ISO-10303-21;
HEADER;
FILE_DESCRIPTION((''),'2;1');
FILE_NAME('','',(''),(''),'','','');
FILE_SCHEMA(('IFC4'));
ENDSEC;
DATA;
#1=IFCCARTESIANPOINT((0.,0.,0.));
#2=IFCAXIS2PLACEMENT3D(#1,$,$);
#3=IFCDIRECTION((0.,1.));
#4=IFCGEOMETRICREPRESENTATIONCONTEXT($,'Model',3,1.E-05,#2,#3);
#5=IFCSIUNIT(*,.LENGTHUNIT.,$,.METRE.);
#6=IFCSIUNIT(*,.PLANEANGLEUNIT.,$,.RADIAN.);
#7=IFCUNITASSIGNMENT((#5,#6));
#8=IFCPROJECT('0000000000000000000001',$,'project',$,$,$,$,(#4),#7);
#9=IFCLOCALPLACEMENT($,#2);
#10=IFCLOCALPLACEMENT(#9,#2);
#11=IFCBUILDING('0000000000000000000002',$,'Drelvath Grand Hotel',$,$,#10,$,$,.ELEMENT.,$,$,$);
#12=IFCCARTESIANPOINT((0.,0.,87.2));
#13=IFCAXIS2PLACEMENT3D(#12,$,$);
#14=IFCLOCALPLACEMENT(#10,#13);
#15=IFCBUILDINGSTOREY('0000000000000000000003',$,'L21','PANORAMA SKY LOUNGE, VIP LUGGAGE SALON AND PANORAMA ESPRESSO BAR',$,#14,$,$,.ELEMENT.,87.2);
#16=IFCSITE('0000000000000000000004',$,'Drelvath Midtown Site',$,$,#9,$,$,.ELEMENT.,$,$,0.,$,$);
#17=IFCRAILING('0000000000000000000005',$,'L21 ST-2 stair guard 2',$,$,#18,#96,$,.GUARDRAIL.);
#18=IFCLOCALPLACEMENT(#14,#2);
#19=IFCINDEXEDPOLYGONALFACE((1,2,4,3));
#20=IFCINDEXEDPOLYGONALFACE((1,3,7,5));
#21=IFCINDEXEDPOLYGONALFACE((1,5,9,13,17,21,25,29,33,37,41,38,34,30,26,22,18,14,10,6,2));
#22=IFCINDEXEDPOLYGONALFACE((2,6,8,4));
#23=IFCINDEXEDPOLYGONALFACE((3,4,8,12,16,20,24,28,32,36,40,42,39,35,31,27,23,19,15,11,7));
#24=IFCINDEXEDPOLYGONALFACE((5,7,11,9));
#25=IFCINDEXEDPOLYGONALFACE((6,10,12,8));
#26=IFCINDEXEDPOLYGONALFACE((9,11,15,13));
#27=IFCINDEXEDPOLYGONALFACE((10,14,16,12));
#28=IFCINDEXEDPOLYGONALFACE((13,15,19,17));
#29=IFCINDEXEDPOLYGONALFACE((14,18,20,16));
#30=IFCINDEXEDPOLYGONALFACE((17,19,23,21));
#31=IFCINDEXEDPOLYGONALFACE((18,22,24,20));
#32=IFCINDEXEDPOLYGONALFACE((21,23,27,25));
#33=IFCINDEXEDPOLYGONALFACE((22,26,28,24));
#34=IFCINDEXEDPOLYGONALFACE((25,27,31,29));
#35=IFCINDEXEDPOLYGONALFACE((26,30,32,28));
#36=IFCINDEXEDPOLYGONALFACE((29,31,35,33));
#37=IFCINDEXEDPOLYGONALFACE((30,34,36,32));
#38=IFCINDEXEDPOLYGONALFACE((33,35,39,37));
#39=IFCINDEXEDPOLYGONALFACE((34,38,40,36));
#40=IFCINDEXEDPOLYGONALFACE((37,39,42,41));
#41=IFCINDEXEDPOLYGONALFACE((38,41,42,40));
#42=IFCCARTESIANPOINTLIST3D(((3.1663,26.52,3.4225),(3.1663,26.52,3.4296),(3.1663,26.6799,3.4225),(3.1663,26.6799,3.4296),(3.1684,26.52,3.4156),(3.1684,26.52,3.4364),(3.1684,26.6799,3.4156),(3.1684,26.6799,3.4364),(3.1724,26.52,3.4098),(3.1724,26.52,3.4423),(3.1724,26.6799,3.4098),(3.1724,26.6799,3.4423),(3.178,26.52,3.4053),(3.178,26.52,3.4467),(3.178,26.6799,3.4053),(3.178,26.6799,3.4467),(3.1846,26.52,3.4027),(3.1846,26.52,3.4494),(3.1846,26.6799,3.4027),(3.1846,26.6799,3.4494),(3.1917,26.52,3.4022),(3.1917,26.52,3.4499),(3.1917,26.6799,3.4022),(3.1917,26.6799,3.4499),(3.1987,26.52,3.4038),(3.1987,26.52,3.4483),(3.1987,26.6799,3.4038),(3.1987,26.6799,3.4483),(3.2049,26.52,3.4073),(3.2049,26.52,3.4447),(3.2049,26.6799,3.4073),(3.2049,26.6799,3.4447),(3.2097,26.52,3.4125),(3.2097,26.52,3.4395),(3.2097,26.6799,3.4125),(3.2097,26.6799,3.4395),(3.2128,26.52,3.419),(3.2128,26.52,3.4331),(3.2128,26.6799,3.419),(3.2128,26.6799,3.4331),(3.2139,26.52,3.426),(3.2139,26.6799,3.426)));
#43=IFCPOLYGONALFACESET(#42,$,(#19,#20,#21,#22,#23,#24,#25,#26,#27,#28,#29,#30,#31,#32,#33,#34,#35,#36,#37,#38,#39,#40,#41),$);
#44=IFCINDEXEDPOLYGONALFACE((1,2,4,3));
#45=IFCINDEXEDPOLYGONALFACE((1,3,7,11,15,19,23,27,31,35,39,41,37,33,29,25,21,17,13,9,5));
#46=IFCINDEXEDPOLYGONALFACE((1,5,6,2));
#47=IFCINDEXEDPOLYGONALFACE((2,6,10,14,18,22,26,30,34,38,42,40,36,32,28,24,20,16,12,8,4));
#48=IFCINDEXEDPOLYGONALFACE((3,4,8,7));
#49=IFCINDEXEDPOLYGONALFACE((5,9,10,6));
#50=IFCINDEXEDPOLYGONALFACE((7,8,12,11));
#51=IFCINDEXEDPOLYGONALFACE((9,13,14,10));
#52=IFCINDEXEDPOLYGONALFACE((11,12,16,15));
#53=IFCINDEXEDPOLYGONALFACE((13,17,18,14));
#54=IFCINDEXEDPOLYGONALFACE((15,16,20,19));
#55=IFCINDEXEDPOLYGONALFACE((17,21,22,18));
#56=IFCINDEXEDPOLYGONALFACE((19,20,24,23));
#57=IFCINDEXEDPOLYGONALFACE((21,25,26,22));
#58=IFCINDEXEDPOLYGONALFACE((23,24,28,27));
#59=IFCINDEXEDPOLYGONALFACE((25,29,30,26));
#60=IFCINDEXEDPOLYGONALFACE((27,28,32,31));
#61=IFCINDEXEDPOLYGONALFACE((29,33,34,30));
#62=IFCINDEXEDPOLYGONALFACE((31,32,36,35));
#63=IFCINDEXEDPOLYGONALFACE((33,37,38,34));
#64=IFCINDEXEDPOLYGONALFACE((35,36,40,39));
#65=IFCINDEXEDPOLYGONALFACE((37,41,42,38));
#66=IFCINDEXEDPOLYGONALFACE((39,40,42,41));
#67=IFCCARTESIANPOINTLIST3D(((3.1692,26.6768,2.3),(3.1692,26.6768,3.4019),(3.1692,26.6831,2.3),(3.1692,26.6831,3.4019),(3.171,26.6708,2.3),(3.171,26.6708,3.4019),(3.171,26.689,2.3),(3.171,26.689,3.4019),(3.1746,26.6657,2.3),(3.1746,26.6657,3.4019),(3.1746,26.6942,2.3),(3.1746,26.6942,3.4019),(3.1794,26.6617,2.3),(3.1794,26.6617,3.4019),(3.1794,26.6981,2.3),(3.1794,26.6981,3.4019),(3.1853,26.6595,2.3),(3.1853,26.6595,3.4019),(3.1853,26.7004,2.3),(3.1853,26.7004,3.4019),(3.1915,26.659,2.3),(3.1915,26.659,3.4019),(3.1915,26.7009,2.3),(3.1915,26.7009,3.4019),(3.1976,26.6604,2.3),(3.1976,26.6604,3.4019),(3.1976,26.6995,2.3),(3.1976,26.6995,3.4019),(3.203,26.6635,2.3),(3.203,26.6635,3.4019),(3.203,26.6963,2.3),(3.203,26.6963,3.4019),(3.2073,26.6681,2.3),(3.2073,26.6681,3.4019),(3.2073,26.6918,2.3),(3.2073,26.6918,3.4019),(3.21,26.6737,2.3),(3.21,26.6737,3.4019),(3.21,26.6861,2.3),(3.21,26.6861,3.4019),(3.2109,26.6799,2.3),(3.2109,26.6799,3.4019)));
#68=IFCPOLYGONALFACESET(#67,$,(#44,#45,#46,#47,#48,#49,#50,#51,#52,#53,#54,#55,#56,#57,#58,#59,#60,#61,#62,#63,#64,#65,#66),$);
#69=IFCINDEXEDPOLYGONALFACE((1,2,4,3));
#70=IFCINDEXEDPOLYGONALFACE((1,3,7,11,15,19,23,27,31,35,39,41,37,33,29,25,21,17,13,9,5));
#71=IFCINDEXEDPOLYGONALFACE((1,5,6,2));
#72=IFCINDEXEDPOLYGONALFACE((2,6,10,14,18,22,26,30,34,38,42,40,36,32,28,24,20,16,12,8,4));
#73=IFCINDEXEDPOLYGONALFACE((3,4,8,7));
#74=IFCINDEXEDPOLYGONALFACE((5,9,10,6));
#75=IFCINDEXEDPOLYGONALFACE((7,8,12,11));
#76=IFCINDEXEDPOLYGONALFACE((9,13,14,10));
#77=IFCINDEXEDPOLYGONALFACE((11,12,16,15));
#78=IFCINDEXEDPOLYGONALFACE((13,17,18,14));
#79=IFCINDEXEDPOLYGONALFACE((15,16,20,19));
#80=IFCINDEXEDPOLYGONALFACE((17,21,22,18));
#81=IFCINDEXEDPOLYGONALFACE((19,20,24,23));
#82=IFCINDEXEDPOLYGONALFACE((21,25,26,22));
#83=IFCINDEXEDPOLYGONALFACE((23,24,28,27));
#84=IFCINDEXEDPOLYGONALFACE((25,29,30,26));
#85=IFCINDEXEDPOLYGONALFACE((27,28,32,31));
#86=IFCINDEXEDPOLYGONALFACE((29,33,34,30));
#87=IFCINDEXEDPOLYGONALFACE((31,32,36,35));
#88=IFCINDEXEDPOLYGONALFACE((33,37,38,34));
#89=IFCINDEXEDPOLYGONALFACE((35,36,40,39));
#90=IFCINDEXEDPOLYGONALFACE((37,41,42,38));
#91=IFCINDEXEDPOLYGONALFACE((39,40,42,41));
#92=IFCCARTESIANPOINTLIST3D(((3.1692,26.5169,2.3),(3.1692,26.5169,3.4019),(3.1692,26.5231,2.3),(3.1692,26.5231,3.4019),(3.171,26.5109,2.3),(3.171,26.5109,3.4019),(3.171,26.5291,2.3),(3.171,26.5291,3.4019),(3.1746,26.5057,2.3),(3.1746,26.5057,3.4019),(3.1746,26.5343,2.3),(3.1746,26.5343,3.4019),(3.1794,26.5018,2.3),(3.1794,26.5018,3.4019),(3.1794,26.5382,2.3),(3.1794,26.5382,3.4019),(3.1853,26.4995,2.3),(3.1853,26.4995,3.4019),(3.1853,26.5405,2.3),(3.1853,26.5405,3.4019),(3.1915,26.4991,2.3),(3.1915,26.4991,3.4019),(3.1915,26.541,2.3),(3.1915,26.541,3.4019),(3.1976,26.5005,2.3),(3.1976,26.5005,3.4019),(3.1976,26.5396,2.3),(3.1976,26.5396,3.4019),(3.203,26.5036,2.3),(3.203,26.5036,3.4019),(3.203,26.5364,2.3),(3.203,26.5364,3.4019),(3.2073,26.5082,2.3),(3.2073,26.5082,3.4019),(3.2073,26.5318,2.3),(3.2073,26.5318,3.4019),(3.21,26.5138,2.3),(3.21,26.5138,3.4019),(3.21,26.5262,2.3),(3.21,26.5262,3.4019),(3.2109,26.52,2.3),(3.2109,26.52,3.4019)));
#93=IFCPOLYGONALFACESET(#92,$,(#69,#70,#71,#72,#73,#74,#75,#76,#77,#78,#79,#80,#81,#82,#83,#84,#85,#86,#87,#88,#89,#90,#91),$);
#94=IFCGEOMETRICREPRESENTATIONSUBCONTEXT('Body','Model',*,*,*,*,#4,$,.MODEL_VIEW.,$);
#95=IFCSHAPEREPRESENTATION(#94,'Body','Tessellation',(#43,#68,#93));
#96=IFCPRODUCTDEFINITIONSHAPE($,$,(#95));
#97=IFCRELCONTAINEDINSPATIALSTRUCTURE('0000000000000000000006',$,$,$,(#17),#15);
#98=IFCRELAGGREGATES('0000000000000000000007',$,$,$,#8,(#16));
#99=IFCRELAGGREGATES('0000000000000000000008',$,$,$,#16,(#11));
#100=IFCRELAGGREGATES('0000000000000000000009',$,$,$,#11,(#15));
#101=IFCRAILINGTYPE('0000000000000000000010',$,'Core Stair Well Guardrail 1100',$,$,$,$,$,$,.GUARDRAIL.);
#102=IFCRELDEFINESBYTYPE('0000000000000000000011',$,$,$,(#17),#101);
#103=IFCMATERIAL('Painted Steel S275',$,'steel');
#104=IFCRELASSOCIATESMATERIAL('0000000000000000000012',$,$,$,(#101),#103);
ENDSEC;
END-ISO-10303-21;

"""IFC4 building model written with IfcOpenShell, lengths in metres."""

from ifc_helpers import new_model, si_unit, direction, frame, origin, origin_2d, place, context, subcontext, project, spatial, circle, extrude, material, type_object, element, save


model = new_model("IFC4")

# Units and contexts
model_context = context("Model", 3, precision=1e-05, world=origin(), true_north=direction((0.0, 1.0)))
body_context = subcontext(model_context, "Body", "Model", "MODEL_VIEW")
ifc_project = project(units=[si_unit("LENGTHUNIT", "METRE"), si_unit("PLANEANGLEUNIT", "RADIAN")], contexts=[model_context])

# Site, building, storey
site_placement = place(None, origin())
site = spatial("IfcSite", under=ifc_project, at=site_placement, Name="Drelvath Midtown Site", CompositionType="ELEMENT", RefElevation=0.0)
building_placement = place(site_placement, origin())
building = spatial("IfcBuilding", under=site, at=building_placement, Name="Drelvath Grand Hotel", CompositionType="ELEMENT")
storey_placement = place(building_placement, frame((0.0, 0.0, 87.2)))
storey = spatial("IfcBuildingStorey", under=building, at=storey_placement, Name="L21", Description="PANORAMA SKY LOUNGE, VIP LUGGAGE SALON AND PANORAMA ESPRESSO BAR", CompositionType="ELEMENT", Elevation=87.2)

# Railing
ifc_material_1 = material(Name="Painted Steel S275", Category="steel")
railing_type_1 = type_object("IfcRailingType", Name="Core Stair Well Guardrail 1100", PredefinedType="GUARDRAIL", material=ifc_material_1)
railing_1_placement = place(storey_placement, frame((3.1899, 26.6799, 2.3)))
element("IfcRailing", 1, at=railing_1_placement, inside=storey, type_object=railing_type_1, Name="L21 ST-2 stair guard 2", PredefinedType="GUARDRAIL", context=body_context, shape_type="SweptSolid", body=[
    extrude(circle(Radius=0.0239, at=origin_2d()), frame((0.0, 0.0, 1.126), z_axis=(0.0, -1.0, 0.0), x_axis=(1.0, 0.0, 0.0)), (0.0, 0.0, 1.0), 0.1599),
    extrude(circle(Radius=0.021, at=origin_2d()), origin(), (0.0, 0.0, 1.0), 1.1018),
    extrude(circle(Radius=0.021, at=origin_2d()), frame((0.0, -0.1599, 0.0)), (0.0, 0.0, 1.0), 1.1018),
])

save(model, "model.ifc")
